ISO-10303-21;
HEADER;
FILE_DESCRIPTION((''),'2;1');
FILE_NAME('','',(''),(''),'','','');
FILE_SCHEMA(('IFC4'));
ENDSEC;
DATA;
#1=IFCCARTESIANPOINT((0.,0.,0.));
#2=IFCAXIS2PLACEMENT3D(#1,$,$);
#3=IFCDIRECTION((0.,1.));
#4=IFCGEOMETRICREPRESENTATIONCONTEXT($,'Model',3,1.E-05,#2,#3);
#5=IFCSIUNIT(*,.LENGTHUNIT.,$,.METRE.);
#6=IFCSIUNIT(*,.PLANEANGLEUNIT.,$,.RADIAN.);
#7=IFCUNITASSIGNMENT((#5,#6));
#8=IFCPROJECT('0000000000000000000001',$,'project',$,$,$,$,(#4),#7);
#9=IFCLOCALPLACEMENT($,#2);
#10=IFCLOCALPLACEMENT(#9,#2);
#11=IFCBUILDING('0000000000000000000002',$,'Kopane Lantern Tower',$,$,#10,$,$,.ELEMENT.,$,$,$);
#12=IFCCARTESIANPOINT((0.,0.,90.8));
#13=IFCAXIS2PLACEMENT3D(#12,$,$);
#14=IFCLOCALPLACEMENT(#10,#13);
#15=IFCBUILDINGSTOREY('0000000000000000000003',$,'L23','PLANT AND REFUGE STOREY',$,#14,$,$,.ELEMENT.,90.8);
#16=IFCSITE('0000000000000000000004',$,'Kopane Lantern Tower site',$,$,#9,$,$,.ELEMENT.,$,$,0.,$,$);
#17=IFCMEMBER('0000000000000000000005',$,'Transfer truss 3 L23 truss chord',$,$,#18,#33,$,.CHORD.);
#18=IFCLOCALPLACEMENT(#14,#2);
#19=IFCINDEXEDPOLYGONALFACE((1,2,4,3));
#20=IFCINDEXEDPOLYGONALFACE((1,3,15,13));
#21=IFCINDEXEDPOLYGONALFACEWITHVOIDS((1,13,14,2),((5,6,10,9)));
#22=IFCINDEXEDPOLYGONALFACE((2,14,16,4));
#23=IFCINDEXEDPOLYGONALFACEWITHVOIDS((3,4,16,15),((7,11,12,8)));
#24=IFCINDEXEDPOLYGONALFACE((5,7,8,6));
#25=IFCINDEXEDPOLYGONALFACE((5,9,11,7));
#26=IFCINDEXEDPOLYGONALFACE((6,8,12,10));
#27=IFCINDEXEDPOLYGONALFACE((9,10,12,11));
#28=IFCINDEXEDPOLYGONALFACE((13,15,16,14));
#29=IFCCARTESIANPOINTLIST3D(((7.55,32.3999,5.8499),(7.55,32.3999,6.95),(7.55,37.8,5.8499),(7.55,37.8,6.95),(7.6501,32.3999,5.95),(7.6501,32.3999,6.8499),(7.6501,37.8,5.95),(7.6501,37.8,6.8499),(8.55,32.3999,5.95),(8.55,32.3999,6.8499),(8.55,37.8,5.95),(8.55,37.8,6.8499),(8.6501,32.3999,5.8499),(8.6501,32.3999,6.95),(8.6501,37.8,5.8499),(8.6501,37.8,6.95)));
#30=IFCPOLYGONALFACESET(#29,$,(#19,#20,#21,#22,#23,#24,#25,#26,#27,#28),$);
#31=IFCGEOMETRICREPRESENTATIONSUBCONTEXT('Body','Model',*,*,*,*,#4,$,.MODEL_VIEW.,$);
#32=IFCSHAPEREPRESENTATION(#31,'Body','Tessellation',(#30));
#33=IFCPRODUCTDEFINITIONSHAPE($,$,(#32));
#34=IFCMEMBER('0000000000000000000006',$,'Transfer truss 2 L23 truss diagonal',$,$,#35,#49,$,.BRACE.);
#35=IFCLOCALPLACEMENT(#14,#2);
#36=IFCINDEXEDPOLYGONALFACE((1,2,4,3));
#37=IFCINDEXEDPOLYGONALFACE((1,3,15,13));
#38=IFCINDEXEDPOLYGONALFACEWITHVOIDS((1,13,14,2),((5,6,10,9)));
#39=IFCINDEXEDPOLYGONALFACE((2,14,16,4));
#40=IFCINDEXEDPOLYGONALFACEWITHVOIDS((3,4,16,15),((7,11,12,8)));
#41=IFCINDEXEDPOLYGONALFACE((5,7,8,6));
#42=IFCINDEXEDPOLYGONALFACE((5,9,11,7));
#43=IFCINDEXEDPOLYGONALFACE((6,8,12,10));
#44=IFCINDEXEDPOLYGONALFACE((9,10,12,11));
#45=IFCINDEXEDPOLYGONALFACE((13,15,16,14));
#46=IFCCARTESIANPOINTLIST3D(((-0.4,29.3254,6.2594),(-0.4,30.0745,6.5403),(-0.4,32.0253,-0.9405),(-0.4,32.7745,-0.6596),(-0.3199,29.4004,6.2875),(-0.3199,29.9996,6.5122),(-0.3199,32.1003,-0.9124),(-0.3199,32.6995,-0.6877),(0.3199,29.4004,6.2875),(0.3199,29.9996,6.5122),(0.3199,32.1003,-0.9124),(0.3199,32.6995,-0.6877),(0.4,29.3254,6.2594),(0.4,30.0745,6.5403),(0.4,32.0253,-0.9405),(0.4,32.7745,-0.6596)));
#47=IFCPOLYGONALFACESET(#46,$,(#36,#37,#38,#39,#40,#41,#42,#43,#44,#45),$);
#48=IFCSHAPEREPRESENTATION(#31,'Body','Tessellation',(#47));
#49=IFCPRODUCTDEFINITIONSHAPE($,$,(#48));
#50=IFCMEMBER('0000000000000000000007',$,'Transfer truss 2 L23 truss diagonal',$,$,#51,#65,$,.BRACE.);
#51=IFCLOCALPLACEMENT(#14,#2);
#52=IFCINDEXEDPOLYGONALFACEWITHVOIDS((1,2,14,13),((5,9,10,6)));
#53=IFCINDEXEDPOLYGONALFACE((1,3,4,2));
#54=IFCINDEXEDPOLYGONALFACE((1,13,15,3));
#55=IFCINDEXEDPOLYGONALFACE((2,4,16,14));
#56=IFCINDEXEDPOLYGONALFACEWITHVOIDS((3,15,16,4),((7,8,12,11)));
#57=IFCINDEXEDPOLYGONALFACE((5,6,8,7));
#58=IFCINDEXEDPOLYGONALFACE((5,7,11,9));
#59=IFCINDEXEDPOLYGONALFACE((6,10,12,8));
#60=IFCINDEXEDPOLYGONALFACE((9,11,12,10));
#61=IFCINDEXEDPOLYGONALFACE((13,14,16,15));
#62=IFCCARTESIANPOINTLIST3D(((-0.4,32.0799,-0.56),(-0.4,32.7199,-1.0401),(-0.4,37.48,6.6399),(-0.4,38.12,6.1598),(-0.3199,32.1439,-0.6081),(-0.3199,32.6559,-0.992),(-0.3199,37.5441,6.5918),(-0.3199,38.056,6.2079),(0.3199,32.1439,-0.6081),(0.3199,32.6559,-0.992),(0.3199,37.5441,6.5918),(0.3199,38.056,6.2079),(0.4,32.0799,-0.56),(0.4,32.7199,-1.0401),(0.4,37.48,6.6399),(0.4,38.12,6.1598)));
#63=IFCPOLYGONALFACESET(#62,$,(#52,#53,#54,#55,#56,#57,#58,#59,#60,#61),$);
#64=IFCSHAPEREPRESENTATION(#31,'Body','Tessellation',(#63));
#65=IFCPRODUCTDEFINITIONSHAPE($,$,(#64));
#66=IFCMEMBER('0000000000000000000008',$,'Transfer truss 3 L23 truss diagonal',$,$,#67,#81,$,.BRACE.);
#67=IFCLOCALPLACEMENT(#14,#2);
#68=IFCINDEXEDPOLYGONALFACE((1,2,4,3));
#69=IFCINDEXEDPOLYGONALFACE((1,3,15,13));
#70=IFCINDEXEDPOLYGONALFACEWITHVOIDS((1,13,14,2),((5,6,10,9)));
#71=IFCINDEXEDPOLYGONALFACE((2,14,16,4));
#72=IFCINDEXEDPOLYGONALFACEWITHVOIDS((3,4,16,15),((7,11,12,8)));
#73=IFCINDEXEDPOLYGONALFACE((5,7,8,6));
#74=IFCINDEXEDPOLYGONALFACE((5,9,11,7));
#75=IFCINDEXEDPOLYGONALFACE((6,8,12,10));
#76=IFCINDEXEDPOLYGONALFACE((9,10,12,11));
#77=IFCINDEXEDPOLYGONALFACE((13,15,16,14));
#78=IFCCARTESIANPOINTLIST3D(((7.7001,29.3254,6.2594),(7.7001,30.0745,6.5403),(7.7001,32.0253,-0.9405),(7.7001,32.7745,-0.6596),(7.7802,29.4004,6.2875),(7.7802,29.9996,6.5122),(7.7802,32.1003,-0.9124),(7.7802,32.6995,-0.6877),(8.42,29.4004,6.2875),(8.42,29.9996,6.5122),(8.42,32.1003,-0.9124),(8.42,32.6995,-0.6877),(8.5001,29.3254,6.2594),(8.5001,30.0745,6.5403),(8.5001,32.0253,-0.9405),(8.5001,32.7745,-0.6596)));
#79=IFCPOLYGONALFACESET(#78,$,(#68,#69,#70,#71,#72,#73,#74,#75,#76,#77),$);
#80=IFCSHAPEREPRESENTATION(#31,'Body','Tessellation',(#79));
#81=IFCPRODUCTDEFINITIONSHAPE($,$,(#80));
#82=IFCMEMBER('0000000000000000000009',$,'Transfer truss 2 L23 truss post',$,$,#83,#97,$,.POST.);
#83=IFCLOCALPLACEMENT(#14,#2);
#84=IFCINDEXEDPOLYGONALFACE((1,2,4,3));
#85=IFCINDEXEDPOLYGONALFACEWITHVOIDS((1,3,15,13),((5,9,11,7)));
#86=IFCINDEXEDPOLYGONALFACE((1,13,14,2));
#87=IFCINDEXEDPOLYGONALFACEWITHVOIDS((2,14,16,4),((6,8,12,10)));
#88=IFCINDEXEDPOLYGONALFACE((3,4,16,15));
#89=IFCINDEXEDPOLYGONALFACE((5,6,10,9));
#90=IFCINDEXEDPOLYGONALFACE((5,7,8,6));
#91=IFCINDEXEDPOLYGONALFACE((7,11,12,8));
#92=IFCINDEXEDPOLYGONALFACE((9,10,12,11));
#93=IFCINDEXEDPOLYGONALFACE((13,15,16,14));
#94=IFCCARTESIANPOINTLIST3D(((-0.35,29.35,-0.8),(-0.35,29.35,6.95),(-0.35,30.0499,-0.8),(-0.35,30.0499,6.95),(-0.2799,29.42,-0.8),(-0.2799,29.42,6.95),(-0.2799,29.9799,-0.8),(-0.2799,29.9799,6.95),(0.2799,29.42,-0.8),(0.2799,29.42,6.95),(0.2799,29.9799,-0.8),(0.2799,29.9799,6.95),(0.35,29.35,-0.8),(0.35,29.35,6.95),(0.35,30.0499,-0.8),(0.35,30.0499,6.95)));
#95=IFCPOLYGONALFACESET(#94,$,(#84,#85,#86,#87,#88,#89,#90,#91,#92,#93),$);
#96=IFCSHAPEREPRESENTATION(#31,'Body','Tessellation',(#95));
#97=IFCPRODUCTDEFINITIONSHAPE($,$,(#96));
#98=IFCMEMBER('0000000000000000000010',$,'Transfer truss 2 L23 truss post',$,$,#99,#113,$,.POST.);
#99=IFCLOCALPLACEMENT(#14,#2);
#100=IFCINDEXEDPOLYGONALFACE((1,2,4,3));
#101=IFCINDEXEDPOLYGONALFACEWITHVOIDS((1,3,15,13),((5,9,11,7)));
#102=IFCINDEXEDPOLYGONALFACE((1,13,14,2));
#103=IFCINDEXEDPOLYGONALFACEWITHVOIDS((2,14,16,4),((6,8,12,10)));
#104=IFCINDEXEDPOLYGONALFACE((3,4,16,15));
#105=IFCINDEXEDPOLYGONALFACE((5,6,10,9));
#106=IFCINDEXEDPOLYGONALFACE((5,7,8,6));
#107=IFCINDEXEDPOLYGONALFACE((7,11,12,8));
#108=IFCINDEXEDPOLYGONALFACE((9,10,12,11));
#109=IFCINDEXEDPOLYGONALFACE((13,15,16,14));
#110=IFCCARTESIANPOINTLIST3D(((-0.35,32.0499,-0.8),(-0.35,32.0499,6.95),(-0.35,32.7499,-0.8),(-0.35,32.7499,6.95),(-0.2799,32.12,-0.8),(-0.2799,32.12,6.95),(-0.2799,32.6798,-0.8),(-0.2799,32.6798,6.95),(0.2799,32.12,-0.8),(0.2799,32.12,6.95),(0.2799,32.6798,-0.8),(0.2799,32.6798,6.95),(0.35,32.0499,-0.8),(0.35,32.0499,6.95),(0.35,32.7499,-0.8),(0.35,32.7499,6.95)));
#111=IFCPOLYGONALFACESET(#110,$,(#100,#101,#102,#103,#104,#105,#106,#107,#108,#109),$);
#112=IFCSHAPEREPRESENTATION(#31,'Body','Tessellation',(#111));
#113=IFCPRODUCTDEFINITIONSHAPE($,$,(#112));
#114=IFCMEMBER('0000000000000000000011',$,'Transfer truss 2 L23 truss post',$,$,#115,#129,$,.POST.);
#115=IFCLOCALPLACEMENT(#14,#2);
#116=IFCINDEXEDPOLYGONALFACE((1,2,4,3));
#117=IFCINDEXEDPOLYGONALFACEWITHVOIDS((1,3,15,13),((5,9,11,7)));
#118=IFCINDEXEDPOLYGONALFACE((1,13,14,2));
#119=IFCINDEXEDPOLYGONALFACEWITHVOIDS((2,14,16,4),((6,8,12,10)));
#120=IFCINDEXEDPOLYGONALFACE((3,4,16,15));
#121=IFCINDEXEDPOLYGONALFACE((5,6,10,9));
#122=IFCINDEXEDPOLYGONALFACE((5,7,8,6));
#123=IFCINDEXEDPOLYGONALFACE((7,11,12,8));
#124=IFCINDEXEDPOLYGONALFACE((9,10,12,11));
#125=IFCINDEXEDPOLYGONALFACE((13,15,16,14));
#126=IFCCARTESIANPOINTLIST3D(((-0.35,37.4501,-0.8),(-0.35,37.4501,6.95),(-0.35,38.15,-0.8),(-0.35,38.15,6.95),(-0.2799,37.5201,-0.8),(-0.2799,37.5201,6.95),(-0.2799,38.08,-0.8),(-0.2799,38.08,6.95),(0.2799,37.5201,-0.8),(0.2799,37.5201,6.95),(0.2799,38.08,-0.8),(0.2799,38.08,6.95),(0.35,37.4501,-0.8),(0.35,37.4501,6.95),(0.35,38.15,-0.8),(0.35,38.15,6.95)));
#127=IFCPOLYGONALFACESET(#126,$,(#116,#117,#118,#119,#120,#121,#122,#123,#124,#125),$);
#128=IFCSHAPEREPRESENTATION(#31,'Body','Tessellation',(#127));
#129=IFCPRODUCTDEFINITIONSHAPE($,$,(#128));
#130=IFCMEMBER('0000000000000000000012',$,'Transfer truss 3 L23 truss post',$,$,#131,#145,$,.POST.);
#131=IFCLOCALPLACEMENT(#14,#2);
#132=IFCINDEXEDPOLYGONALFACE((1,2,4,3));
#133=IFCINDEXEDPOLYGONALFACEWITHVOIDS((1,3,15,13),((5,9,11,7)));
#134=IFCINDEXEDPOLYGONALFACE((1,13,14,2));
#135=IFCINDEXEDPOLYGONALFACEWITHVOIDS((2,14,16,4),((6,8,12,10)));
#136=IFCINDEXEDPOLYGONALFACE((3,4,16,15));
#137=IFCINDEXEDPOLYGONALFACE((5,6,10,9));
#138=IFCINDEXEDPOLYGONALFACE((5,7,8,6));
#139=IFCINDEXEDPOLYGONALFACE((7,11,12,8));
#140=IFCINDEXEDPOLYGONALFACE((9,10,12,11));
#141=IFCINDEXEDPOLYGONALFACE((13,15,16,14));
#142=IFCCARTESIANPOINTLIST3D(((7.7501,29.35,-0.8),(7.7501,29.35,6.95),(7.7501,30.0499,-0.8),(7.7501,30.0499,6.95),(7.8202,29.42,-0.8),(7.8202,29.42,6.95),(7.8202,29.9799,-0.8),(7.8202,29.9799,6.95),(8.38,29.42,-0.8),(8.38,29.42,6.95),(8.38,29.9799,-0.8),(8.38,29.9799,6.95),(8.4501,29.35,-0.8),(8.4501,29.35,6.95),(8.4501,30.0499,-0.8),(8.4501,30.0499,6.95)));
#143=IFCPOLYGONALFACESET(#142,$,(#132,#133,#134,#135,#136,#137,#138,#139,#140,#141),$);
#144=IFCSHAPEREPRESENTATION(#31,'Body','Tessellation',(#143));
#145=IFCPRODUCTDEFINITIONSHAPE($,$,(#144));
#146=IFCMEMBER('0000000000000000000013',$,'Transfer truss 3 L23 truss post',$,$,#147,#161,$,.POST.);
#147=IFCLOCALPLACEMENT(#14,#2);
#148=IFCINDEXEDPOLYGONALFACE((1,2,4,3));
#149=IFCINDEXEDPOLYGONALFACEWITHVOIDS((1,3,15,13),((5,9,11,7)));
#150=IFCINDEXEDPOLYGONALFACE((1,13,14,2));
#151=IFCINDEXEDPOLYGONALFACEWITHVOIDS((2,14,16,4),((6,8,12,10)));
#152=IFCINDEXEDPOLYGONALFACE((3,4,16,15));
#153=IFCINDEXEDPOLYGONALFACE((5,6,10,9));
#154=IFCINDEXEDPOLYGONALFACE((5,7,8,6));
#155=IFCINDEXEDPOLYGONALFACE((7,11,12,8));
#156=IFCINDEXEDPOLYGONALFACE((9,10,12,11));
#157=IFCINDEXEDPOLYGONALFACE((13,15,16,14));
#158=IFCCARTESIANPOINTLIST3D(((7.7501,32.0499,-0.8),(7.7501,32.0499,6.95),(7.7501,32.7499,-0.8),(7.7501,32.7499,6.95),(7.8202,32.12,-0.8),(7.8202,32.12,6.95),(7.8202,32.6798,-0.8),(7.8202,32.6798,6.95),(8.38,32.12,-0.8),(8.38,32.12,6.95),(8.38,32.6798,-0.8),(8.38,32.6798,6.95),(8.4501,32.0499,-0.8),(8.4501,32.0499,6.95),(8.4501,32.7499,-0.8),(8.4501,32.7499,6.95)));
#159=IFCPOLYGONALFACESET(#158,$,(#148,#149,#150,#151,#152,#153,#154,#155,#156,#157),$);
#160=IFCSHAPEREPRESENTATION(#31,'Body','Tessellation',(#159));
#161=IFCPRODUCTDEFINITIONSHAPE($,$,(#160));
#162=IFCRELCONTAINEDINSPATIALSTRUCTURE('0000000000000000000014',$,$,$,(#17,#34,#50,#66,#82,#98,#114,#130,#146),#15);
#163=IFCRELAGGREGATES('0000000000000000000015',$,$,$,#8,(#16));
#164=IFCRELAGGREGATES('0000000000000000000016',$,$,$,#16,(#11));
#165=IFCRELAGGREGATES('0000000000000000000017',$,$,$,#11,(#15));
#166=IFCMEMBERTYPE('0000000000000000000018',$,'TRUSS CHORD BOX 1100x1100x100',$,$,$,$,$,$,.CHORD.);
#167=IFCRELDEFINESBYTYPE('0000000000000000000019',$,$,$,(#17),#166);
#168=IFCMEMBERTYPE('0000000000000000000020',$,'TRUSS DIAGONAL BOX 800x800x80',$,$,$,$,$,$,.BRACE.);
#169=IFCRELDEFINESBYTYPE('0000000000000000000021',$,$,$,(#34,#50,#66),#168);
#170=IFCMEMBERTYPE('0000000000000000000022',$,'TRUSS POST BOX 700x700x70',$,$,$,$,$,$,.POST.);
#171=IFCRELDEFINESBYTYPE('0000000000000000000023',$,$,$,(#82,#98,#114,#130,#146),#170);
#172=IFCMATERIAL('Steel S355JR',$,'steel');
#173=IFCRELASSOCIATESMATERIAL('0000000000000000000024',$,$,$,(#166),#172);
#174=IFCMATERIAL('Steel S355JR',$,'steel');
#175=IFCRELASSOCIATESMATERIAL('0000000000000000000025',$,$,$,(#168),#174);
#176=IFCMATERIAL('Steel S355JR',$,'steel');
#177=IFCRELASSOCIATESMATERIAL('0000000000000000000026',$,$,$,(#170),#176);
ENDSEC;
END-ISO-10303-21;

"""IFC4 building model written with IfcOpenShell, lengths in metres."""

from ifc_helpers import new_model, si_unit, direction, frame, origin, origin_2d, place, context, subcontext, project, spatial, hollow_rectangle, extrude, material, material_profile, profile_set, type_object, element, save


model = new_model("IFC4")

# Units and contexts
model_context = context("Model", 3, precision=1e-05, world=origin(), true_north=direction((0.0, 1.0)))
body_context = subcontext(model_context, "Body", "Model", "MODEL_VIEW")
ifc_project = project(units=[si_unit("LENGTHUNIT", "METRE"), si_unit("PLANEANGLEUNIT", "RADIAN")], contexts=[model_context])

# Site, building, storey
site_placement = place(None, origin())
site = spatial("IfcSite", under=ifc_project, at=site_placement, Name="Kopane Lantern Tower site", CompositionType="ELEMENT", RefElevation=0.0)
building_placement = place(site_placement, origin())
building = spatial("IfcBuilding", under=site, at=building_placement, Name="Kopane Lantern Tower", CompositionType="ELEMENT")
storey_placement = place(building_placement, frame((0.0, 0.0, 90.8)))
storey = spatial("IfcBuildingStorey", under=building, at=storey_placement, Name="L23", Description="PLANT AND REFUGE STOREY", CompositionType="ELEMENT", Elevation=90.8)

# Members
ifc_material_1 = material(Name="Steel S355JR", Category="steel")
ifc_material_profile_1 = material_profile(ifc_material_1, hollow_rectangle(XDim=1.1001, YDim=1.1001, WallThickness=0.1001, at=origin_2d()), Name="BOX 1100x1100x100")
ifc_profile_set_1 = profile_set([ifc_material_profile_1], Name="Steel S355JR")
member_type_1 = type_object("IfcMemberType", Name="TRUSS CHORD BOX 1100x1100x100", PredefinedType="CHORD", material=ifc_profile_set_1)
member_1_placement = place(storey_placement, frame((8.1001, 32.3999, 6.3999), z_axis=(0.0, 1.0, 0.0), x_axis=(-1.0, 0.0, 0.0)))
element("IfcMember", 1, at=member_1_placement, inside=storey, type_object=member_type_1, Name="Transfer truss 3 L23 truss chord", PredefinedType="CHORD", context=body_context, shape_type="SweptSolid", body=[
    extrude(hollow_rectangle(XDim=1.1001, YDim=1.1001, WallThickness=0.1001, at=origin_2d()), origin(), (0.0, 0.0, 1.0), 5.4001),
])
ifc_material_2 = material(Name="Steel S355JR", Category="steel")
ifc_material_profile_2 = material_profile(ifc_material_2, hollow_rectangle(XDim=0.8, YDim=0.8, WallThickness=0.0801, at=origin_2d()), Name="BOX 800x800x80")
ifc_profile_set_2 = profile_set([ifc_material_profile_2], Name="Steel S355JR")
member_type_2 = type_object("IfcMemberType", Name="TRUSS DIAGONAL BOX 800x800x80", PredefinedType="BRACE", material=ifc_profile_set_2)
member_2_placement = place(storey_placement, frame((0.0, 32.3999, -0.8), z_axis=(0.0, -0.35112, 0.93633), x_axis=(1.0, 0.0, 0.0)))
element("IfcMember", 2, at=member_2_placement, inside=storey, type_object=member_type_2, Name="Transfer truss 2 L23 truss diagonal", PredefinedType="BRACE", context=body_context, shape_type="SweptSolid", body=[
    extrude(hollow_rectangle(XDim=0.8, YDim=0.8, WallThickness=0.0801, at=origin_2d()), origin(), (0.0, 0.0, 1.0), 7.6895),
])
member_3_placement = place(storey_placement, frame((0.0, 32.3999, -0.8), z_axis=(0.0, 0.600013, 0.79999), x_axis=(-1.0, 0.0, 0.0)))
element("IfcMember", 3, at=member_3_placement, inside=storey, type_object=member_type_2, Name="Transfer truss 2 L23 truss diagonal", PredefinedType="BRACE", context=body_context, shape_type="SweptSolid", body=[
    extrude(hollow_rectangle(XDim=0.8, YDim=0.8, WallThickness=0.0801, at=origin_2d()), origin(), (0.0, 0.0, 1.0), 9.0),
])
member_4_placement = place(storey_placement, frame((8.1001, 32.3999, -0.8), z_axis=(0.0, -0.35112, 0.93633), x_axis=(1.0, 0.0, 0.0)))
element("IfcMember", 4, at=member_4_placement, inside=storey, type_object=member_type_2, Name="Transfer truss 3 L23 truss diagonal", PredefinedType="BRACE", context=body_context, shape_type="SweptSolid", body=[
    extrude(hollow_rectangle(XDim=0.8, YDim=0.8, WallThickness=0.0801, at=origin_2d()), origin(), (0.0, 0.0, 1.0), 7.6895),
])
ifc_material_3 = material(Name="Steel S355JR", Category="steel")
ifc_material_profile_3 = material_profile(ifc_material_3, hollow_rectangle(XDim=0.7, YDim=0.7, WallThickness=0.0701, at=origin_2d()), Name="BOX 700x700x70")
ifc_profile_set_3 = profile_set([ifc_material_profile_3], Name="Steel S355JR")
member_type_3 = type_object("IfcMemberType", Name="TRUSS POST BOX 700x700x70", PredefinedType="POST", material=ifc_profile_set_3)
for number, where, z_axis, x_axis, name in (
    (5, (0.0, 29.7, -0.8), (0.0, 0.0, 1.0), (1.0, 0.0, 0.0), "Transfer truss 2 L23 truss post"),
    (6, (0.0, 32.3999, -0.8), (0.0, 0.0, 1.0), (1.0, 0.0, 0.0), "Transfer truss 2 L23 truss post"),
    (7, (0.0, 37.8, -0.8), (0.0, 0.0, 1.0), (1.0, 0.0, 0.0), "Transfer truss 2 L23 truss post"),
    (8, (8.1001, 29.7, -0.8), (0.0, 0.0, 1.0), (1.0, 0.0, 0.0), "Transfer truss 3 L23 truss post"),
    (9, (8.1001, 32.3999, -0.8), (0.0, 0.0, 1.0), (1.0, 0.0, 0.0), "Transfer truss 3 L23 truss post"),
):
    element("IfcMember", number, at=place(storey_placement, frame(where, z_axis=z_axis, x_axis=x_axis)), inside=storey, type_object=member_type_3, Name=name, PredefinedType="POST", context=body_context, shape_type="SweptSolid", body=[
        extrude(hollow_rectangle(XDim=0.7, YDim=0.7, WallThickness=0.0701, at=origin_2d()), origin(), (0.0, 0.0, 1.0), 7.75),
    ])

save(model, "model.ifc")
